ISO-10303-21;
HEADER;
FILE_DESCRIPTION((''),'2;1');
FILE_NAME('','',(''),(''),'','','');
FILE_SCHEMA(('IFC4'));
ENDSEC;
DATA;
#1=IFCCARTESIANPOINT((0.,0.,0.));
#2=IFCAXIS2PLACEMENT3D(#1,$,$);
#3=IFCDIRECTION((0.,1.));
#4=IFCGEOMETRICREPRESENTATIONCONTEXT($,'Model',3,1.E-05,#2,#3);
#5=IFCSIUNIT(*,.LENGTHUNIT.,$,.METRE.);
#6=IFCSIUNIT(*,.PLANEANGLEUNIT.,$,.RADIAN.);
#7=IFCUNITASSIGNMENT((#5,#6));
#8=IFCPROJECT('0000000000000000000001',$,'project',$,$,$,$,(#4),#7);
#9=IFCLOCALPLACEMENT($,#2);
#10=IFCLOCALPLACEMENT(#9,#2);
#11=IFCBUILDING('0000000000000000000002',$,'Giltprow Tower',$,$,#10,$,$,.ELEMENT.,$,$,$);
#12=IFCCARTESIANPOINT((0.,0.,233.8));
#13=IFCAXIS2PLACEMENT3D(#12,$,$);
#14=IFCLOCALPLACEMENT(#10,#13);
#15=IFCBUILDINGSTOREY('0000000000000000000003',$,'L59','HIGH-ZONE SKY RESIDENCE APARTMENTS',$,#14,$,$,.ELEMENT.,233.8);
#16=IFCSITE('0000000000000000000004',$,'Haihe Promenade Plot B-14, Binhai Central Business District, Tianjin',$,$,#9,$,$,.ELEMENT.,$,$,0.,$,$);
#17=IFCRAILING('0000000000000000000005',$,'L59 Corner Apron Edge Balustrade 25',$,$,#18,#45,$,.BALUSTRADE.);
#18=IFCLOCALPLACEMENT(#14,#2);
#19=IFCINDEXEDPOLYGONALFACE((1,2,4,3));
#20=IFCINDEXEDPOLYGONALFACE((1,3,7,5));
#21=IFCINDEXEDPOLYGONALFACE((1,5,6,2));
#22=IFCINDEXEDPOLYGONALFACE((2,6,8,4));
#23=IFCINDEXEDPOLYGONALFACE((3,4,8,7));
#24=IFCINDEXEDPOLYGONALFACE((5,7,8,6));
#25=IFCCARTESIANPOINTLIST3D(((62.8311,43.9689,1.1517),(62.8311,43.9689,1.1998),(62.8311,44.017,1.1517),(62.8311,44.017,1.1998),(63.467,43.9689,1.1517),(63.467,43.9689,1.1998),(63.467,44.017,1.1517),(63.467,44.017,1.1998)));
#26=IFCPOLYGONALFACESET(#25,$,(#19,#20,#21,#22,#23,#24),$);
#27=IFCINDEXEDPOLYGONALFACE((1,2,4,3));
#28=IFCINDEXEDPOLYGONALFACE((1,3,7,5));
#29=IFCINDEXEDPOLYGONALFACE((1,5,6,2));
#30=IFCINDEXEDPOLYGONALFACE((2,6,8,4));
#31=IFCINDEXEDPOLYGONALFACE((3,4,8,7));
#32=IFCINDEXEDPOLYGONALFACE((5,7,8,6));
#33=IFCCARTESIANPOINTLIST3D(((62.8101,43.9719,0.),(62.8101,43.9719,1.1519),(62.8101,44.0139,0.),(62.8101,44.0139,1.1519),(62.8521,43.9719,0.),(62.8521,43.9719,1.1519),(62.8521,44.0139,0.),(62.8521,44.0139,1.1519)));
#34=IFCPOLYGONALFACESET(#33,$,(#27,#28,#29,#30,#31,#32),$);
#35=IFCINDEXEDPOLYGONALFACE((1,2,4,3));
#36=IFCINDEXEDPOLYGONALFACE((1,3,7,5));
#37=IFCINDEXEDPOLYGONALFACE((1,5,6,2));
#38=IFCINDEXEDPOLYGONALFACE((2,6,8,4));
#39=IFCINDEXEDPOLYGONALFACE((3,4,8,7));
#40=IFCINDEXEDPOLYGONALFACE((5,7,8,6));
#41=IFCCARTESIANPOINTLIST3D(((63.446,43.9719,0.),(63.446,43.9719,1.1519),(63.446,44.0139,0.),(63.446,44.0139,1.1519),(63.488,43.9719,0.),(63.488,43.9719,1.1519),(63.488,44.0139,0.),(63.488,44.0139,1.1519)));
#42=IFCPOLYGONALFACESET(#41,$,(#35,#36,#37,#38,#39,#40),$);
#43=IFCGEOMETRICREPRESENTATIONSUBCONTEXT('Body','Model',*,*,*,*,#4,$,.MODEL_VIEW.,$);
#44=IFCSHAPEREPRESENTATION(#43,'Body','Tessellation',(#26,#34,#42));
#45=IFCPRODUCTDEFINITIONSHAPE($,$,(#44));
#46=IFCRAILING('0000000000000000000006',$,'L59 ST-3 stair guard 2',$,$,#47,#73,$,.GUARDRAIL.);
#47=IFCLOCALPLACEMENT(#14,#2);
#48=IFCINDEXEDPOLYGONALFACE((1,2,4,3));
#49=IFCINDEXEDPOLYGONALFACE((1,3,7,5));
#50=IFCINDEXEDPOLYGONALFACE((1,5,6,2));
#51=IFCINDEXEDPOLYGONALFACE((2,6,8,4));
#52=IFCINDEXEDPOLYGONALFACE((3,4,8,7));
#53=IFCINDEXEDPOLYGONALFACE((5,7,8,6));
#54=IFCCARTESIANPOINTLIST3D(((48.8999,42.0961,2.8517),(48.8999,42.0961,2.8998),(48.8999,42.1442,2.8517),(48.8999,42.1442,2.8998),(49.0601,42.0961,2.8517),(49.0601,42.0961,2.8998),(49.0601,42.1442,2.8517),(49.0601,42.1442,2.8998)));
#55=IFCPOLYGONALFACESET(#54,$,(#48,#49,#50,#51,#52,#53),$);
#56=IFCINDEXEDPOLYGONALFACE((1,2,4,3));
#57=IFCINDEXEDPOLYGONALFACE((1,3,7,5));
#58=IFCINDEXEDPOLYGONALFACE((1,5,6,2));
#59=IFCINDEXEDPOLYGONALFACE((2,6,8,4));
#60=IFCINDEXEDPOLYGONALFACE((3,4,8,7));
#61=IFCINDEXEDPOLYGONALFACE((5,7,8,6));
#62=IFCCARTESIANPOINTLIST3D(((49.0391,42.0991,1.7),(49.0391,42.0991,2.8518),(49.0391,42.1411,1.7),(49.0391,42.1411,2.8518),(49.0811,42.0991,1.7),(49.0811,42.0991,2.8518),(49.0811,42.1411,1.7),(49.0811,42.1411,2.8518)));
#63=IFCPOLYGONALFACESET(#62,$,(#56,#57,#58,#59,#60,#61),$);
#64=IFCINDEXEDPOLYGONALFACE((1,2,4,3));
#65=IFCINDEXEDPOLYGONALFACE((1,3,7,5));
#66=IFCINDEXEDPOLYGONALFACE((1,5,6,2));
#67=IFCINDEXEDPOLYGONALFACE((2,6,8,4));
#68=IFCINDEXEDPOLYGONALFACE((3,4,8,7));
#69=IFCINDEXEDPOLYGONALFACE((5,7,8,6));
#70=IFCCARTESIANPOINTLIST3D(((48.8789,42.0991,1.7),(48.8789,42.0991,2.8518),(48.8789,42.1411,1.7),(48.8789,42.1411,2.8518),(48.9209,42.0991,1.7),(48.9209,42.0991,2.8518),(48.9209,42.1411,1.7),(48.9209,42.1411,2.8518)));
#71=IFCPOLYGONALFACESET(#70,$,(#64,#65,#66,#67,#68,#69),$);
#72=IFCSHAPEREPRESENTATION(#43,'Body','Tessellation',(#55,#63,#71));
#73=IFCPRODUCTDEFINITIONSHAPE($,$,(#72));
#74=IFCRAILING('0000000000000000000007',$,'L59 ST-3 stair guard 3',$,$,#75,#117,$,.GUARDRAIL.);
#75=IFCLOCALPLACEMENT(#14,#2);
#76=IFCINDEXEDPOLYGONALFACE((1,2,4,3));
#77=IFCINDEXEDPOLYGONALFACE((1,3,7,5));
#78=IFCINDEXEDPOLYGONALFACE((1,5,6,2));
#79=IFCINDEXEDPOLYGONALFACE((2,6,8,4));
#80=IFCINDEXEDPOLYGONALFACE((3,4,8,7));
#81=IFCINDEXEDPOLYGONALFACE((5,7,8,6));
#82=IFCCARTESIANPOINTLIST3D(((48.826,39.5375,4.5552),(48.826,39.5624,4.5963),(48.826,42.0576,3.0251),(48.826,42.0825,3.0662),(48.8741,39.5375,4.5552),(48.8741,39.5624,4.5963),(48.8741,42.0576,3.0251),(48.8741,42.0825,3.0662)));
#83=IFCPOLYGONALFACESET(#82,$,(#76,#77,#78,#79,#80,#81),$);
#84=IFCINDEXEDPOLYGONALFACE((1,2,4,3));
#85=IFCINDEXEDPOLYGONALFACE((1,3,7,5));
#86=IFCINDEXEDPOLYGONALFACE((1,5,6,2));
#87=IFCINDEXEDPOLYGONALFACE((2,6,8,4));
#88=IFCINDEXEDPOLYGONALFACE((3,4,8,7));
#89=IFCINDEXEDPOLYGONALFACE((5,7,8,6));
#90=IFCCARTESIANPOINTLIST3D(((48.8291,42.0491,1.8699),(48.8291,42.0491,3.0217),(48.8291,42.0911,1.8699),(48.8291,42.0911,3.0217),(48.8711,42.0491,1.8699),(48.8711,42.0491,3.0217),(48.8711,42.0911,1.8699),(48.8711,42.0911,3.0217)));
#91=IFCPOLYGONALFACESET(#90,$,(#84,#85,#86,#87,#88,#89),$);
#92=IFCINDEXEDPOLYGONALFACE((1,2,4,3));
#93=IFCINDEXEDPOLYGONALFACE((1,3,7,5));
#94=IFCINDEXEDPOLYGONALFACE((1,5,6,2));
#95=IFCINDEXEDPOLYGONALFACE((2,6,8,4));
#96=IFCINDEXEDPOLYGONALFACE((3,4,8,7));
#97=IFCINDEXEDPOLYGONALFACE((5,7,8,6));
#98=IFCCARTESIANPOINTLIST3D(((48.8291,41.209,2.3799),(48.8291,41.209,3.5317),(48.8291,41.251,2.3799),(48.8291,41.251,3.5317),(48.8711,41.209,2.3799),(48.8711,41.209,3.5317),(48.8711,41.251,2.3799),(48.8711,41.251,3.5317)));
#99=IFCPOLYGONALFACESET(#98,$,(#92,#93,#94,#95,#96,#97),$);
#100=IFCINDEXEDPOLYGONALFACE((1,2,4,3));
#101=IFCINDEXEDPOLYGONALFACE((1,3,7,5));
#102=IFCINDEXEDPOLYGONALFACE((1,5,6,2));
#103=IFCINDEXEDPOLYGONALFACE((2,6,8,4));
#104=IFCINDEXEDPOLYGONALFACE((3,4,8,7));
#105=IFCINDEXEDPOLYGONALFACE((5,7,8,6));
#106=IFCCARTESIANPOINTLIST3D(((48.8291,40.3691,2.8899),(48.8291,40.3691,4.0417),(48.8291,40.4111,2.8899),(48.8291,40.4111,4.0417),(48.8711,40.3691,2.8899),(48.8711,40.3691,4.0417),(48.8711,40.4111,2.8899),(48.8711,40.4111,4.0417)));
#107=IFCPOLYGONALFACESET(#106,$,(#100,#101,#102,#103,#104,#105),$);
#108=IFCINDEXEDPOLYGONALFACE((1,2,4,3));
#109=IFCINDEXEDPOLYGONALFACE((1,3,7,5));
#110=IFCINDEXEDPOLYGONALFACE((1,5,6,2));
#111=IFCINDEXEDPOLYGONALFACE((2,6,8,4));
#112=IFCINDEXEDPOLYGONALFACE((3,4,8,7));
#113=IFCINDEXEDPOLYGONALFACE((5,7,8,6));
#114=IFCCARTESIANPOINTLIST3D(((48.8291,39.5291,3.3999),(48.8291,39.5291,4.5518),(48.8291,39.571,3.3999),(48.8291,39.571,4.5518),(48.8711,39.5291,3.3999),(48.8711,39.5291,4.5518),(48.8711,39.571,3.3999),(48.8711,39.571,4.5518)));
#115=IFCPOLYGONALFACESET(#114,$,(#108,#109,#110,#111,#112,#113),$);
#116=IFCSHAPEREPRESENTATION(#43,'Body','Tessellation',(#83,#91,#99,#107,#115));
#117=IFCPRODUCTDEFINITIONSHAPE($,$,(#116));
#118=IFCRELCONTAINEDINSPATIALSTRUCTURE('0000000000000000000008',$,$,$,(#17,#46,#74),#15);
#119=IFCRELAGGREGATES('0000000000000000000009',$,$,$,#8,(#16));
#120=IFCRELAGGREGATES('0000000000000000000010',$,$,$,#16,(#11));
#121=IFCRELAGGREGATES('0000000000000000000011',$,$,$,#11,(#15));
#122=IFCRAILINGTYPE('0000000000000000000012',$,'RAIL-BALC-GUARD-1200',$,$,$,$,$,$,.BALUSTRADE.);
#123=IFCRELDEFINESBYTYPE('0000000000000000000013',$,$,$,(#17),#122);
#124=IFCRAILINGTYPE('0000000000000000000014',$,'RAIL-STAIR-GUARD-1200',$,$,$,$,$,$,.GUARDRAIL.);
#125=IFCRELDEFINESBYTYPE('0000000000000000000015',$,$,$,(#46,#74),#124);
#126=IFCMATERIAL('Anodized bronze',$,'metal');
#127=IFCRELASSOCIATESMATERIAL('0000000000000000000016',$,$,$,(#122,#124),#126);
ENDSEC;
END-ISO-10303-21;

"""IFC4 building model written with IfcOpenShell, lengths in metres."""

from ifc_helpers import new_model, si_unit, direction, frame, origin, origin_2d, place, context, subcontext, project, spatial, rectangle, extrude, material, type_object, element, save


model = new_model("IFC4")

# Units and contexts
model_context = context("Model", 3, precision=1e-05, world=origin(), true_north=direction((0.0, 1.0)))
body_context = subcontext(model_context, "Body", "Model", "MODEL_VIEW")
ifc_project = project(units=[si_unit("LENGTHUNIT", "METRE"), si_unit("PLANEANGLEUNIT", "RADIAN")], contexts=[model_context])

# Site, building, storey
site_placement = place(None, origin())
site = spatial("IfcSite", under=ifc_project, at=site_placement, Name="Haihe Promenade Plot B-14, Binhai Central Business District, Tianjin", CompositionType="ELEMENT", RefElevation=0.0)
building_placement = place(site_placement, origin())
building = spatial("IfcBuilding", under=site, at=building_placement, Name="Giltprow Tower", CompositionType="ELEMENT")
storey_placement = place(building_placement, frame((0.0, 0.0, 233.8)))
storey = spatial("IfcBuildingStorey", under=building, at=storey_placement, Name="L59", Description="HIGH-ZONE SKY RESIDENCE APARTMENTS", CompositionType="ELEMENT", Elevation=233.8)

# Railings
ifc_material_1 = material(Name="Anodized bronze", Category="metal")
railing_type_1 = type_object("IfcRailingType", Name="RAIL-BALC-GUARD-1200", PredefinedType="BALUSTRADE", material=ifc_material_1)
railing_1_placement = place(storey_placement, frame((62.8311, 43.9929, 0.0)))
element("IfcRailing", 1, at=railing_1_placement, inside=storey, type_object=railing_type_1, Name="L59 Corner Apron Edge Balustrade 25", PredefinedType="BALUSTRADE", context=body_context, shape_type="SweptSolid", body=[
    extrude(rectangle(XDim=0.0481, YDim=0.0481, at=origin_2d()), frame((0.0, 0.0, 1.1758), z_axis=(1.0, 0.0, 0.0), x_axis=(0.0, 1.0, 0.0)), (0.0, 0.0, 1.0), 0.636),
    extrude(rectangle(XDim=0.042, YDim=0.042, at=origin_2d()), origin(), (0.0, 0.0, 1.0), 1.1519),
    extrude(rectangle(XDim=0.042, YDim=0.042, at=origin_2d()), frame((0.636, 0.0, 0.0)), (0.0, 0.0, 1.0), 1.1519),
])
railing_type_2 = type_object("IfcRailingType", Name="RAIL-STAIR-GUARD-1200", PredefinedType="GUARDRAIL", material=ifc_material_1)
railing_2_placement = place(storey_placement, frame((49.0601, 42.1201, 1.7)))
element("IfcRailing", 2, at=railing_2_placement, inside=storey, type_object=railing_type_2, Name="L59 ST-3 stair guard 2", PredefinedType="GUARDRAIL", context=body_context, shape_type="SweptSolid", body=[
    extrude(rectangle(XDim=0.0481, YDim=0.0481, at=origin_2d()), frame((0.0, 0.0, 1.1758), z_axis=(-1.0, 0.0, 0.0), x_axis=(0.0, -1.0, 0.0)), (0.0, 0.0, 1.0), 0.1602),
    extrude(rectangle(XDim=0.042, YDim=0.042, at=origin_2d()), origin(), (0.0, 0.0, 1.0), 1.1519),
    extrude(rectangle(XDim=0.042, YDim=0.042, at=origin_2d()), frame((-0.1602, 0.0, 0.0)), (0.0, 0.0, 1.0), 1.1519),
])
railing_3_placement = place(storey_placement, frame((48.8501, 42.0701, 1.8699)))
element("IfcRailing", 3, at=railing_3_placement, inside=storey, type_object=railing_type_2, Name="L59 ST-3 stair guard 3", PredefinedType="GUARDRAIL", context=body_context, shape_type="SweptSolid", body=[
    extrude(rectangle(XDim=0.0481, YDim=0.0481, at=origin_2d()), frame((0.0, 0.0, 1.1758), z_axis=(0.0, -0.854785, 0.518982), x_axis=(1.0, 0.0, 0.0)), (0.0, 0.0, 1.0), 2.9482),
    extrude(rectangle(XDim=0.042, YDim=0.042, at=origin_2d()), origin(), (0.0, 0.0, 1.0), 1.1519),
    extrude(rectangle(XDim=0.042, YDim=0.042, at=origin_2d()), frame((0.0, -0.8401, 0.51)), (0.0, 0.0, 1.0), 1.1519),
    extrude(rectangle(XDim=0.042, YDim=0.042, at=origin_2d()), frame((0.0, -1.6799, 1.02)), (0.0, 0.0, 1.0), 1.1519),
    extrude(rectangle(XDim=0.042, YDim=0.042, at=origin_2d()), frame((0.0, -2.52, 1.53)), (0.0, 0.0, 1.0), 1.1519),
])

save(model, "model.ifc")
